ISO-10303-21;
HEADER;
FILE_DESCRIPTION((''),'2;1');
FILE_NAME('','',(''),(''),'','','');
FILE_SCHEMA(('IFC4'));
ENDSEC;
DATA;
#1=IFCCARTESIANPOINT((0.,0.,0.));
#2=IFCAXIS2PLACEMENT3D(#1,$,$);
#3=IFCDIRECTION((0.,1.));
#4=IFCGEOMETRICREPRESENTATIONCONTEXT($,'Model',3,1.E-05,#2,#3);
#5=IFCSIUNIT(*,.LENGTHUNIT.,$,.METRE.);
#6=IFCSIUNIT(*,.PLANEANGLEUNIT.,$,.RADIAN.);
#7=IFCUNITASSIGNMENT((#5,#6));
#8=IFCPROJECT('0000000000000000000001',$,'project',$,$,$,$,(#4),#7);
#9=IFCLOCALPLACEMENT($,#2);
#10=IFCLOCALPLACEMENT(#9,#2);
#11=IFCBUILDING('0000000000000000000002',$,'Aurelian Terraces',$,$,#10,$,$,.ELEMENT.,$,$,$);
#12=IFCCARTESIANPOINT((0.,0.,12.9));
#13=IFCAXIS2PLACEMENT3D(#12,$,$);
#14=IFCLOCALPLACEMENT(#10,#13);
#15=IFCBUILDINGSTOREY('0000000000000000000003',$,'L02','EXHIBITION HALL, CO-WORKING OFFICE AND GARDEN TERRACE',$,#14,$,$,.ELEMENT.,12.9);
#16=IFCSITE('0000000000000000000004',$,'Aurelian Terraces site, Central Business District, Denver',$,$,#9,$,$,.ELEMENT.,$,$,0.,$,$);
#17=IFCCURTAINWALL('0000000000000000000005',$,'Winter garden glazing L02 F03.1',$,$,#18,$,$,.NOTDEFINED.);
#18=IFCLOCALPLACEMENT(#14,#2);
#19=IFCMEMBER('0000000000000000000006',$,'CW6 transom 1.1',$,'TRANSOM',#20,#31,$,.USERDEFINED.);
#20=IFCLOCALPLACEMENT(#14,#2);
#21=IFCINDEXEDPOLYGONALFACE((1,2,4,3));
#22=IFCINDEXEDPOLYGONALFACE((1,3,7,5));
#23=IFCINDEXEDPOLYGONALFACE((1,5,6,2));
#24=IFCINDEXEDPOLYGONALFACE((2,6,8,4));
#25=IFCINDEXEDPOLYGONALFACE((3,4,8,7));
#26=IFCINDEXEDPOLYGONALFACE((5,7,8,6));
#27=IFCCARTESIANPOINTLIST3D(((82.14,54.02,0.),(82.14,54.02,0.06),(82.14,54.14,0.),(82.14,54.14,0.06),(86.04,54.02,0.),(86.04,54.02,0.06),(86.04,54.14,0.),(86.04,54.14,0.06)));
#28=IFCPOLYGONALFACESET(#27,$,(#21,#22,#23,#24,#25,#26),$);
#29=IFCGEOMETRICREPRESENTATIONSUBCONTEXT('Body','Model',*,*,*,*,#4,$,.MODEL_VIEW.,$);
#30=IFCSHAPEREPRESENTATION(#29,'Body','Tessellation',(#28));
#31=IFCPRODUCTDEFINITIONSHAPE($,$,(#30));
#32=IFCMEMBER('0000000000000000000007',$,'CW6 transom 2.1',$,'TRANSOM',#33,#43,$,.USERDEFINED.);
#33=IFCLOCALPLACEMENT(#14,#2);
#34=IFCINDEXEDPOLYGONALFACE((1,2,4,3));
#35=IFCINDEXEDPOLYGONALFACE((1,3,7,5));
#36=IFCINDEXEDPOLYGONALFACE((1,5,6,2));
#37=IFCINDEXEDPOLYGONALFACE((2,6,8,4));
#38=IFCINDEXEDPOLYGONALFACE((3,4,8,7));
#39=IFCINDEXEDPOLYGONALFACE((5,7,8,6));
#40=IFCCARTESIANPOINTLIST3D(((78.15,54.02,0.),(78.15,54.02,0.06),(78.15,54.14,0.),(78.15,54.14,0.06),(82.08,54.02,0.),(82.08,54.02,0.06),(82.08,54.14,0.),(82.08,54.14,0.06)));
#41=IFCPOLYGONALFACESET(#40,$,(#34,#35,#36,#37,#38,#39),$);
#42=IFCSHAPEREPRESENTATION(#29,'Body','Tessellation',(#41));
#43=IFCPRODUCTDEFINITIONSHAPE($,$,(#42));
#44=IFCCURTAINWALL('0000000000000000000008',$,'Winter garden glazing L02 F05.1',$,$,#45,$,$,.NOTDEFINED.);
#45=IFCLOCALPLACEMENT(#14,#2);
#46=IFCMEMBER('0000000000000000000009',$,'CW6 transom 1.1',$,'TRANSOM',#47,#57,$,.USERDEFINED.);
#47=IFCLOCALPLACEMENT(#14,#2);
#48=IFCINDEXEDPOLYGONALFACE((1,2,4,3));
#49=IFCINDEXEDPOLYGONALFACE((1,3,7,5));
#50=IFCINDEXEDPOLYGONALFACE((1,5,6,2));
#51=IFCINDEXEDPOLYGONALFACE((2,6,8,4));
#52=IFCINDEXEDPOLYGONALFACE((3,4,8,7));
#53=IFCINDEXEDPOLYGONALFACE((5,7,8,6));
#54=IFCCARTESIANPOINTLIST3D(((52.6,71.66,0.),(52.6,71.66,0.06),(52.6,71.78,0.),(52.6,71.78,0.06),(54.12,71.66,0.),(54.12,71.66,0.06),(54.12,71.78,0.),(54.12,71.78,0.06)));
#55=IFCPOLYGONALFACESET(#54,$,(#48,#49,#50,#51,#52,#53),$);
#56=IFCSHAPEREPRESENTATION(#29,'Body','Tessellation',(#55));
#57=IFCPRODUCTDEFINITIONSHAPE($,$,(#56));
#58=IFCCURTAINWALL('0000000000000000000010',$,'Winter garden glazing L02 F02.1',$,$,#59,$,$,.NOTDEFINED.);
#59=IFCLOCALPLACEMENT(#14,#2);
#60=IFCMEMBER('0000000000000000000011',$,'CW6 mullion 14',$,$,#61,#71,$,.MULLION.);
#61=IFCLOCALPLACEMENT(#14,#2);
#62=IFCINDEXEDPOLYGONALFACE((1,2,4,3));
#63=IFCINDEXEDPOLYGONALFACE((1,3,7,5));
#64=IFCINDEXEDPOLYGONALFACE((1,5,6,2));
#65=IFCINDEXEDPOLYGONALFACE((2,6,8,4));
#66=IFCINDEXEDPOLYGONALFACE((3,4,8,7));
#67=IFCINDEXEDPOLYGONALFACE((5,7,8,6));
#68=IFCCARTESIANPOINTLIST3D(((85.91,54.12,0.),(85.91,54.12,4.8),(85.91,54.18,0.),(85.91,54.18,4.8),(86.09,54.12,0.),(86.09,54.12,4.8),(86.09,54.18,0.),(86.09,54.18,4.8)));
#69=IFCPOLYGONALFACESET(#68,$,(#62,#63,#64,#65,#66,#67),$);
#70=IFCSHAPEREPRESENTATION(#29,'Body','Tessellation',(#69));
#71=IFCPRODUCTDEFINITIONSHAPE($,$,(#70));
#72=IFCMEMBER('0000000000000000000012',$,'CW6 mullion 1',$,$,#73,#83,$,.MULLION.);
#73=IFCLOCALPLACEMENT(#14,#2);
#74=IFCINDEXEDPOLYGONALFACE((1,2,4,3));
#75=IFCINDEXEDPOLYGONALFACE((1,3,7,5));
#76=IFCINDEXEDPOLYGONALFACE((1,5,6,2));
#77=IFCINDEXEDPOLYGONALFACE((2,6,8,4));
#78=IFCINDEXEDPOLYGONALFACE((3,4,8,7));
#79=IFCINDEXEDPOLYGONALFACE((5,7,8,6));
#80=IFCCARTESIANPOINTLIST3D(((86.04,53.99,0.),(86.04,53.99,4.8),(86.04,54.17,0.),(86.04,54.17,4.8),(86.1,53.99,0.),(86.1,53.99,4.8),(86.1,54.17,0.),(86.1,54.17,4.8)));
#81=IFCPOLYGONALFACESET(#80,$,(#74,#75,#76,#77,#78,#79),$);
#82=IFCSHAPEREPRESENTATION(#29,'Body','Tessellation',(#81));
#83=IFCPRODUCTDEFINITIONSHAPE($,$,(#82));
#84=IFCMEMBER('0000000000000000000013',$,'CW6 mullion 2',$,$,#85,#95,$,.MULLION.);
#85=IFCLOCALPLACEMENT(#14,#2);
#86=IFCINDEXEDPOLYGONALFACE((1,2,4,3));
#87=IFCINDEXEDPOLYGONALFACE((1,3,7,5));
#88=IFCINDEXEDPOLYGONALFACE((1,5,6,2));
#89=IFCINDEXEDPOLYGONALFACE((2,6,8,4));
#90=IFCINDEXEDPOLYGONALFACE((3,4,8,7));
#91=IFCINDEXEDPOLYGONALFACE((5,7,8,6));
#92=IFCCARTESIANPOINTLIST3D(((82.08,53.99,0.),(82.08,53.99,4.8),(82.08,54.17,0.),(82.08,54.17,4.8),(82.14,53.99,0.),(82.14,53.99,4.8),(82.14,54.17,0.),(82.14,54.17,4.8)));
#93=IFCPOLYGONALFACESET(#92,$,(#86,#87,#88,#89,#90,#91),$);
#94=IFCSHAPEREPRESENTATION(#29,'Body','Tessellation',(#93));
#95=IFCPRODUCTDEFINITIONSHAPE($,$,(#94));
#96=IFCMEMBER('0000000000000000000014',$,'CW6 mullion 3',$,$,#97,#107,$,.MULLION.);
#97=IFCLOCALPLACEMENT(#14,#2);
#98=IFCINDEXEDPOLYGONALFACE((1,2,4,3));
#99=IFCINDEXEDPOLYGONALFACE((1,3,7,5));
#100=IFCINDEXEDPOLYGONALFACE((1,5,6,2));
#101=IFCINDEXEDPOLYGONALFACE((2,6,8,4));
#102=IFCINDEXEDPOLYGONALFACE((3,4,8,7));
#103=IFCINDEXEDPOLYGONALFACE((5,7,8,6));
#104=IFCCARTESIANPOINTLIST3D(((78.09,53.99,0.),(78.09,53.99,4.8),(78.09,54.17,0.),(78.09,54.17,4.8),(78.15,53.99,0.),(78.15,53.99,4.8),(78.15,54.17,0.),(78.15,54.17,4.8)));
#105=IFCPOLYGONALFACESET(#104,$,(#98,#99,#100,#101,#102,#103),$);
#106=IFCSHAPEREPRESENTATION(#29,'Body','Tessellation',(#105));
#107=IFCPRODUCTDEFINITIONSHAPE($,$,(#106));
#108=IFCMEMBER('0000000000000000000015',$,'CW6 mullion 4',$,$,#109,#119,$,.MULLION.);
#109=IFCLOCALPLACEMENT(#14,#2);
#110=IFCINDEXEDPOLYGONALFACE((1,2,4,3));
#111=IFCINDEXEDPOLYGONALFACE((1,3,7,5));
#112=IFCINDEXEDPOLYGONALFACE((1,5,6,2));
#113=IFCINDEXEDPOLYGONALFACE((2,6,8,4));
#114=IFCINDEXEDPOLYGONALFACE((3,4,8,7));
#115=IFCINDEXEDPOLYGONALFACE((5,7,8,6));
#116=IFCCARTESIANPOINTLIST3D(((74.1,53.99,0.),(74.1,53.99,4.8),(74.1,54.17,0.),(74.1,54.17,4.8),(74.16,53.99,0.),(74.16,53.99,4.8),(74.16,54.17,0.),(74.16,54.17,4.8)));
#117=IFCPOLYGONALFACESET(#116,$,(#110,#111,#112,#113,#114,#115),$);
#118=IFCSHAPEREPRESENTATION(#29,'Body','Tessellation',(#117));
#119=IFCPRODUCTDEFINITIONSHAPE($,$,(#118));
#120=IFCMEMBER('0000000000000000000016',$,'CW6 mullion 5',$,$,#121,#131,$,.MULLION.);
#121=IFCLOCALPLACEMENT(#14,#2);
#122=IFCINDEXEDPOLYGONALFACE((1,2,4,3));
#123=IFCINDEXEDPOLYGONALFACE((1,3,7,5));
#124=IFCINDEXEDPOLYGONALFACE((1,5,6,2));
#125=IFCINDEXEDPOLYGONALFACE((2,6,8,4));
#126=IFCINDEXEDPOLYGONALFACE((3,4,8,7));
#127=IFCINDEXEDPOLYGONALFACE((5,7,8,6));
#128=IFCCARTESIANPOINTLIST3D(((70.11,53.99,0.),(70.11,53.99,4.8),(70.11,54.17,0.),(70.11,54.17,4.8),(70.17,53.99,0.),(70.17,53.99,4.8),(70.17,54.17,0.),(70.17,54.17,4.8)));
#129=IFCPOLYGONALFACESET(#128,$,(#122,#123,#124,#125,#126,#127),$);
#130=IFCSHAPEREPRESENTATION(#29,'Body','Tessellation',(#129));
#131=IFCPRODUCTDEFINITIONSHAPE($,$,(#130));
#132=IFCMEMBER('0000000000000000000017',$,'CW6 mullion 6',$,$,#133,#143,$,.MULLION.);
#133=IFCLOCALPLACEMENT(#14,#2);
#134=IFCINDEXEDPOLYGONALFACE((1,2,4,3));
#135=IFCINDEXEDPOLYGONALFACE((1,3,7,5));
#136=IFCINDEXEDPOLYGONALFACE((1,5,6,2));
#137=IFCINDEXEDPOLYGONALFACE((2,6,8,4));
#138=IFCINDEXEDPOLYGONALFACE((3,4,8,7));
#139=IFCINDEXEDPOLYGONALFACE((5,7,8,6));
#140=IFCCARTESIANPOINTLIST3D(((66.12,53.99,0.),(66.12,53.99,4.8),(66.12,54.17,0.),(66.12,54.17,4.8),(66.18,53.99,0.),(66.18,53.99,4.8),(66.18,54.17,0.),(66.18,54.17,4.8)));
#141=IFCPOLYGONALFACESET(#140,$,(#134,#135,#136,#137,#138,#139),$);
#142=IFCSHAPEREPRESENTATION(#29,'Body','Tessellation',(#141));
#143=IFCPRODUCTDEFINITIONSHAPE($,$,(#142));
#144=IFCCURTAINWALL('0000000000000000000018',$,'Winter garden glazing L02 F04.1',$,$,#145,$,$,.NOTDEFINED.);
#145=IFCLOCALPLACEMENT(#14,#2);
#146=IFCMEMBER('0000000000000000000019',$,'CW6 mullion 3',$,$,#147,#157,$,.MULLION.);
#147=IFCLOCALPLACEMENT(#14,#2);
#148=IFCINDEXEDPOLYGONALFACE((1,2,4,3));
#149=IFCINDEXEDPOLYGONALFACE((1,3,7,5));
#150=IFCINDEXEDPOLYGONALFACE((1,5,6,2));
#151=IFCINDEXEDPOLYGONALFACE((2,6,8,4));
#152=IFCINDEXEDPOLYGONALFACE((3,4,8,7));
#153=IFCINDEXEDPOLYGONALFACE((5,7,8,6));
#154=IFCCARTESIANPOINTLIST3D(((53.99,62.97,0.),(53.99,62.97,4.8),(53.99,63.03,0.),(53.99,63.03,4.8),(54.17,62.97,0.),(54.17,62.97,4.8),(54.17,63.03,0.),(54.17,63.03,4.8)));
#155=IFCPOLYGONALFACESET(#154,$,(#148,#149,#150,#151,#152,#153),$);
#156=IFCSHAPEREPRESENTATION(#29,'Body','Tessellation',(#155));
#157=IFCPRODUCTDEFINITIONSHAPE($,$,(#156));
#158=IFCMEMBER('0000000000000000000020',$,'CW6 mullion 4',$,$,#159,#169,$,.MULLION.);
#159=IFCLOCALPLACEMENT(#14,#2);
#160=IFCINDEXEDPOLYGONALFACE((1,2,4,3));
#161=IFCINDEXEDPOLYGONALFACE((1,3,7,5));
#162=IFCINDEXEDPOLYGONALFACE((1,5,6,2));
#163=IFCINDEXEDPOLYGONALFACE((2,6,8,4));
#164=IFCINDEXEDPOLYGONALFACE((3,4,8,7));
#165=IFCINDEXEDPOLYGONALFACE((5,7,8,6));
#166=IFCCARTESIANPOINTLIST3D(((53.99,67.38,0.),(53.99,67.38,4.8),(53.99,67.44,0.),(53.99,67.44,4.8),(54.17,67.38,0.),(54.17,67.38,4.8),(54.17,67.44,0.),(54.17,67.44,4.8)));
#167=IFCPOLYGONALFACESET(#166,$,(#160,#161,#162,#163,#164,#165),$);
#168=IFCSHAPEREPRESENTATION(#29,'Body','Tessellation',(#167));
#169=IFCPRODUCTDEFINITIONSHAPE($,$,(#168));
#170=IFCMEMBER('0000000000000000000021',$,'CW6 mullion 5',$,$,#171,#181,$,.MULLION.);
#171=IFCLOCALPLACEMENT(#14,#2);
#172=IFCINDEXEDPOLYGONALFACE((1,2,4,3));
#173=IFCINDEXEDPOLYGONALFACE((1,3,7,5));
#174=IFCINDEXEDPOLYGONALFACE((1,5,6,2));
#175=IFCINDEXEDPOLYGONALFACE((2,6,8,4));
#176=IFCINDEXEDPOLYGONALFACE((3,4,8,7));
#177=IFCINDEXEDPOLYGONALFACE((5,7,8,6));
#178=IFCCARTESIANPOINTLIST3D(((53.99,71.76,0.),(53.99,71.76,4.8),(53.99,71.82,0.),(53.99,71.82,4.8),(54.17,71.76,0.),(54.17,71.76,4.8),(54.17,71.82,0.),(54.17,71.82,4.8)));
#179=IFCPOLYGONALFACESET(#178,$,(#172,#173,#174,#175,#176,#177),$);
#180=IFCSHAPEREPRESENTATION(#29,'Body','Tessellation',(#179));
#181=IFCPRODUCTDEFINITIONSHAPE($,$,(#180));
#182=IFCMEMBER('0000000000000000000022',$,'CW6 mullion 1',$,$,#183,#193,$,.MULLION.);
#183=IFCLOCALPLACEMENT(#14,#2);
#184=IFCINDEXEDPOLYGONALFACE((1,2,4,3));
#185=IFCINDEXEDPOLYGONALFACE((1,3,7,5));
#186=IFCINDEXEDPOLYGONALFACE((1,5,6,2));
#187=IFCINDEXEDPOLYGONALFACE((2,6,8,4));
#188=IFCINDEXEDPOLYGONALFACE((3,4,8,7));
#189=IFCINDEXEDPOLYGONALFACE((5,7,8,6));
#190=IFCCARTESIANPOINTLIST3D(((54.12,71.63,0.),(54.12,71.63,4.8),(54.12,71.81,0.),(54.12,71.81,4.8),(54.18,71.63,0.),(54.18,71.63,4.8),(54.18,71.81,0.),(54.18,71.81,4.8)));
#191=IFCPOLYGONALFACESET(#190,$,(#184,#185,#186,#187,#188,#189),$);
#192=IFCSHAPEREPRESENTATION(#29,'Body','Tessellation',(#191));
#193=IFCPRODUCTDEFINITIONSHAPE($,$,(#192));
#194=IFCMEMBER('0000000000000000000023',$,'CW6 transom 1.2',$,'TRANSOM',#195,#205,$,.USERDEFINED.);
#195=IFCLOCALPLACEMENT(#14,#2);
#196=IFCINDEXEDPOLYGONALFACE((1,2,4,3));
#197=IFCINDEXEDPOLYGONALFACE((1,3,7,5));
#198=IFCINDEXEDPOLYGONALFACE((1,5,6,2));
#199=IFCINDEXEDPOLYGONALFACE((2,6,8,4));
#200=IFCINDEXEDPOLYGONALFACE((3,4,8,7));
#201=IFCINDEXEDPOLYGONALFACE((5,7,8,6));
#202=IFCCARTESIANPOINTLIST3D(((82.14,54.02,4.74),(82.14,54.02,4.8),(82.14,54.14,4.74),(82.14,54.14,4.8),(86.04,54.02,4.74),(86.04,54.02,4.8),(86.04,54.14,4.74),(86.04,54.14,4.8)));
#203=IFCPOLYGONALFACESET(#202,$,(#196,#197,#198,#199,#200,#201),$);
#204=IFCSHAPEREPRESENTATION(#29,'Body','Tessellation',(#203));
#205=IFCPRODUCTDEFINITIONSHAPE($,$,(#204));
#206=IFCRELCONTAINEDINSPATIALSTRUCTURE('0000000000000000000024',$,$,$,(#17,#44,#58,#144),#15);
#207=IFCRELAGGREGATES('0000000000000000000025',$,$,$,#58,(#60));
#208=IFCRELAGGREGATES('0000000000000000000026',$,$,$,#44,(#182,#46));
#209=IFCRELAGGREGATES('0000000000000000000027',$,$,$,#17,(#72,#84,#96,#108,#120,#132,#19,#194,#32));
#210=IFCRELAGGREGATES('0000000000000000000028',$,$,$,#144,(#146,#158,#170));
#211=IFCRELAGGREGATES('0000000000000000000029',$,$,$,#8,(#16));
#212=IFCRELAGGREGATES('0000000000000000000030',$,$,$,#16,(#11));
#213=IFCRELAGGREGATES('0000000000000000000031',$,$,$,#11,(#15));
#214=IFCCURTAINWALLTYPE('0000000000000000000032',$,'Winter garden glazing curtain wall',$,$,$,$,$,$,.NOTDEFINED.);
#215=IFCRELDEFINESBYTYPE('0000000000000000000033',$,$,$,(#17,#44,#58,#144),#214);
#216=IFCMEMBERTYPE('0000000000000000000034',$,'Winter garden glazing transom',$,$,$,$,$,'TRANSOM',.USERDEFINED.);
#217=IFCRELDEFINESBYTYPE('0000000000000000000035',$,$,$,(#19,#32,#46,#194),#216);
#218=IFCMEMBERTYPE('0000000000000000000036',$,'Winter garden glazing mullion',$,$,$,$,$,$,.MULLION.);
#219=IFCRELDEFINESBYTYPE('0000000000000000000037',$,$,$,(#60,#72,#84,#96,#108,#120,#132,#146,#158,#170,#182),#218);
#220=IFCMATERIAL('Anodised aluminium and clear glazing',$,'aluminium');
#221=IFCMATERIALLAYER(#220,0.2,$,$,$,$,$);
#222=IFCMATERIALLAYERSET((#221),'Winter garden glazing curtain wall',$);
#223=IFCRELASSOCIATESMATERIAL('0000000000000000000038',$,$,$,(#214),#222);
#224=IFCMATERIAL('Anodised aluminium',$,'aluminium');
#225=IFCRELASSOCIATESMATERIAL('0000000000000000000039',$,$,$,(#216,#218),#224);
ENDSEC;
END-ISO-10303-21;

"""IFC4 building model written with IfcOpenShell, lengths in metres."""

from ifc_helpers import new_model, si_unit, direction, frame, origin, origin_2d, place, context, subcontext, project, spatial, rectangle, extrude, source, transform, mapped, material, layer, layer_set, material_profile, profile_set, type_object, element, aggregate, save


model = new_model("IFC4")

# Units and contexts
model_context = context("Model", 3, precision=1e-05, world=origin(), true_north=direction((0.0, 1.0)))
body_context = subcontext(model_context, "Body", "Model", "MODEL_VIEW")
ifc_project = project(units=[si_unit("LENGTHUNIT", "METRE"), si_unit("PLANEANGLEUNIT", "RADIAN")], contexts=[model_context])

# Site, building, storey
site_placement = place(None, origin())
site = spatial("IfcSite", under=ifc_project, at=site_placement, Name="Aurelian Terraces site, Central Business District, Denver", CompositionType="ELEMENT", RefElevation=0.0)
building_placement = place(site_placement, origin())
building = spatial("IfcBuilding", under=site, at=building_placement, Name="Aurelian Terraces", CompositionType="ELEMENT")
storey_placement = place(building_placement, frame((0.0, 0.0, 12.9)))
storey = spatial("IfcBuildingStorey", under=building, at=storey_placement, Name="L02", Description="EXHIBITION HALL, CO-WORKING OFFICE AND GARDEN TERRACE", CompositionType="ELEMENT", Elevation=12.9)

# Curtain wall, members
ifc_material_1 = material(Name="Anodised aluminium and clear glazing", Category="aluminium")
ifc_layer_1 = layer(ifc_material_1, 0.2)
ifc_layer_set_1 = layer_set([ifc_layer_1], Name="Winter garden glazing curtain wall")
curtain_wall_type = type_object("IfcCurtainWallType", Name="Winter garden glazing curtain wall", PredefinedType="NOTDEFINED", material=ifc_layer_set_1)
curtain_wall_1_placement = place(storey_placement, origin())
curtain_wall_1 = element("IfcCurtainWall", 1, at=curtain_wall_1_placement, inside=storey, type_object=curtain_wall_type, Name="Winter garden glazing L02 F03.1", PredefinedType="NOTDEFINED")
ifc_material_2 = material(Name="Anodised aluminium", Category="aluminium")
ifc_material_profile_1 = material_profile(ifc_material_2, rectangle(XDim=0.12, YDim=0.06, at=origin_2d()))
ifc_profile_set_1 = profile_set([ifc_material_profile_1], Name="Anodised aluminium")
member_type_1 = type_object("IfcMemberType", Name="Winter garden glazing transom", ElementType="TRANSOM", PredefinedType="USERDEFINED", material=ifc_profile_set_1)
member_1_placement = place(storey_placement, frame((86.04, 54.08, 0.03), z_axis=(-1.0, 0.0, 0.0), x_axis=(0.0, -1.0, 0.0)))
member_1 = element("IfcMember", 2, at=member_1_placement, type_object=member_type_1, Name="CW6 transom 1.1", ObjectType="TRANSOM", PredefinedType="USERDEFINED", context=body_context, shape_type="SweptSolid", body=[
    extrude(rectangle(XDim=0.12, YDim=0.06, at=origin_2d()), origin(), (0.0, 0.0, 1.0), 3.9),
])
member_2_placement = place(storey_placement, frame((82.08, 54.08, 0.03), z_axis=(-1.0, 0.0, 0.0), x_axis=(0.0, -1.0, 0.0)))
member_2 = element("IfcMember", 3, at=member_2_placement, type_object=member_type_1, Name="CW6 transom 2.1", ObjectType="TRANSOM", PredefinedType="USERDEFINED", context=body_context, shape_type="SweptSolid", body=[
    extrude(rectangle(XDim=0.12, YDim=0.06, at=origin_2d()), origin(), (0.0, 0.0, 1.0), 3.93),
])

# Curtain walls, members
curtain_wall_2_placement = place(storey_placement, origin())
curtain_wall_2 = element("IfcCurtainWall", 4, at=curtain_wall_2_placement, inside=storey, type_object=curtain_wall_type, Name="Winter garden glazing L02 F05.1", PredefinedType="NOTDEFINED")
member_3_placement = place(storey_placement, frame((54.12, 71.72, 0.03), z_axis=(-1.0, 0.0, 0.0), x_axis=(0.0, -1.0, 0.0)))
member_3 = element("IfcMember", 5, at=member_3_placement, type_object=member_type_1, Name="CW6 transom 1.1", ObjectType="TRANSOM", PredefinedType="USERDEFINED", context=body_context, shape_type="SweptSolid", body=[
    extrude(rectangle(XDim=0.12, YDim=0.06, at=origin_2d()), origin(), (0.0, 0.0, 1.0), 1.52),
])
curtain_wall_3_placement = place(storey_placement, origin())
curtain_wall_3 = element("IfcCurtainWall", 6, at=curtain_wall_3_placement, inside=storey, type_object=curtain_wall_type, Name="Winter garden glazing L02 F02.1", PredefinedType="NOTDEFINED")
ifc_material_profile_2 = material_profile(ifc_material_2, rectangle(XDim=0.18, YDim=0.06, at=origin_2d()))
ifc_profile_set_2 = profile_set([ifc_material_profile_2], Name="Anodised aluminium")
member_type_2 = type_object("IfcMemberType", Name="Winter garden glazing mullion", PredefinedType="MULLION", material=ifc_profile_set_2)
shared_shape_1 = source(origin(), body_context, "Body", "SweptSolid", [
    extrude(rectangle(XDim=0.18, YDim=0.06, at=origin_2d()), origin(), (0.0, 0.0, 1.0), 4.8),
])
member_4_placement = place(storey_placement, frame((86.0, 54.15, 0.0), z_axis=(0.0, 0.0, 1.0), x_axis=(-1.0, 0.0, 0.0)))
member_4 = element("IfcMember", 7, at=member_4_placement, type_object=member_type_2, Name="CW6 mullion 14", PredefinedType="MULLION", context=body_context, shape_type="MappedRepresentation", body=[
    mapped(shared_shape_1, transform((0.0, 0.0, 0.0), scale=1.0)),
])
aggregate(curtain_wall_3, [member_4])

# Members
member_5_placement = place(storey_placement, frame((86.07, 54.08, 0.0), z_axis=(0.0, 0.0, 1.0), x_axis=(0.0, -1.0, 0.0)))
member_5 = element("IfcMember", 8, at=member_5_placement, type_object=member_type_2, Name="CW6 mullion 1", PredefinedType="MULLION", context=body_context, shape_type="MappedRepresentation", body=[
    mapped(shared_shape_1, transform((0.0, 0.0, 0.0), scale=1.0)),
])
member_6_placement = place(storey_placement, frame((82.11, 54.08, 0.0), z_axis=(0.0, 0.0, 1.0), x_axis=(0.0, -1.0, 0.0)))
member_6 = element("IfcMember", 9, at=member_6_placement, type_object=member_type_2, Name="CW6 mullion 2", PredefinedType="MULLION", context=body_context, shape_type="MappedRepresentation", body=[
    mapped(shared_shape_1, transform((0.0, 0.0, 0.0), scale=1.0)),
])
member_7_placement = place(storey_placement, frame((78.12, 54.08, 0.0), z_axis=(0.0, 0.0, 1.0), x_axis=(0.0, -1.0, 0.0)))
member_7 = element("IfcMember", 10, at=member_7_placement, type_object=member_type_2, Name="CW6 mullion 3", PredefinedType="MULLION", context=body_context, shape_type="MappedRepresentation", body=[
    mapped(shared_shape_1, transform((0.0, 0.0, 0.0), scale=1.0)),
])
member_8_placement = place(storey_placement, frame((74.13, 54.08, 0.0), z_axis=(0.0, 0.0, 1.0), x_axis=(0.0, -1.0, 0.0)))
member_8 = element("IfcMember", 11, at=member_8_placement, type_object=member_type_2, Name="CW6 mullion 4", PredefinedType="MULLION", context=body_context, shape_type="MappedRepresentation", body=[
    mapped(shared_shape_1, transform((0.0, 0.0, 0.0), scale=1.0)),
])
member_9_placement = place(storey_placement, frame((70.14, 54.08, 0.0), z_axis=(0.0, 0.0, 1.0), x_axis=(0.0, -1.0, 0.0)))
member_9 = element("IfcMember", 12, at=member_9_placement, type_object=member_type_2, Name="CW6 mullion 5", PredefinedType="MULLION", context=body_context, shape_type="MappedRepresentation", body=[
    mapped(shared_shape_1, transform((0.0, 0.0, 0.0), scale=1.0)),
])
member_10_placement = place(storey_placement, frame((66.15, 54.08, 0.0), z_axis=(0.0, 0.0, 1.0), x_axis=(0.0, -1.0, 0.0)))
member_10 = element("IfcMember", 13, at=member_10_placement, type_object=member_type_2, Name="CW6 mullion 6", PredefinedType="MULLION", context=body_context, shape_type="MappedRepresentation", body=[
    mapped(shared_shape_1, transform((0.0, 0.0, 0.0), scale=1.0)),
])

# Curtain wall, members
curtain_wall_4_placement = place(storey_placement, origin())
curtain_wall_4 = element("IfcCurtainWall", 14, at=curtain_wall_4_placement, inside=storey, type_object=curtain_wall_type, Name="Winter garden glazing L02 F04.1", PredefinedType="NOTDEFINED")
member_11_placement = place(storey_placement, frame((54.08, 63.0, 0.0), z_axis=(0.0, 0.0, 1.0), x_axis=(-1.0, 0.0, 0.0)))
member_11 = element("IfcMember", 15, at=member_11_placement, type_object=member_type_2, Name="CW6 mullion 3", PredefinedType="MULLION", context=body_context, shape_type="MappedRepresentation", body=[
    mapped(shared_shape_1, transform((0.0, 0.0, 0.0), scale=1.0)),
])
member_12_placement = place(storey_placement, frame((54.08, 67.41, 0.0), z_axis=(0.0, 0.0, 1.0), x_axis=(-1.0, 0.0, 0.0)))
member_12 = element("IfcMember", 16, at=member_12_placement, type_object=member_type_2, Name="CW6 mullion 4", PredefinedType="MULLION", context=body_context, shape_type="MappedRepresentation", body=[
    mapped(shared_shape_1, transform((0.0, 0.0, 0.0), scale=1.0)),
])
member_13_placement = place(storey_placement, frame((54.08, 71.79, 0.0), z_axis=(0.0, 0.0, 1.0), x_axis=(-1.0, 0.0, 0.0)))
member_13 = element("IfcMember", 17, at=member_13_placement, type_object=member_type_2, Name="CW6 mullion 5", PredefinedType="MULLION", context=body_context, shape_type="MappedRepresentation", body=[
    mapped(shared_shape_1, transform((0.0, 0.0, 0.0), scale=1.0)),
])

# Members
member_14_placement = place(storey_placement, frame((54.15, 71.72, 0.0), z_axis=(0.0, 0.0, 1.0), x_axis=(0.0, -1.0, 0.0)))
member_14 = element("IfcMember", 18, at=member_14_placement, type_object=member_type_2, Name="CW6 mullion 1", PredefinedType="MULLION", context=body_context, shape_type="MappedRepresentation", body=[
    mapped(shared_shape_1, transform((0.0, 0.0, 0.0), scale=1.0)),
])
shared_shape_2 = source(origin(), body_context, "Body", "SweptSolid", [
    extrude(rectangle(XDim=0.12, YDim=0.06, at=origin_2d()), origin(), (0.0, 0.0, 1.0), 3.9),
])
member_15_placement = place(storey_placement, frame((86.04, 54.08, 4.77), z_axis=(-1.0, 0.0, 0.0), x_axis=(0.0, -1.0, 0.0)))
member_15 = element("IfcMember", 19, at=member_15_placement, type_object=member_type_1, Name="CW6 transom 1.2", ObjectType="TRANSOM", PredefinedType="USERDEFINED", context=body_context, shape_type="MappedRepresentation", body=[
    mapped(shared_shape_2, transform((0.0, 0.0, 0.0), scale=1.0)),
])
aggregate(curtain_wall_2, [member_14, member_3])

aggregate(curtain_wall_1, [member_5, member_6, member_7, member_8, member_9, member_10, member_1, member_15, member_2])
aggregate(curtain_wall_4, [member_11, member_12, member_13])

save(model, "model.ifc")
